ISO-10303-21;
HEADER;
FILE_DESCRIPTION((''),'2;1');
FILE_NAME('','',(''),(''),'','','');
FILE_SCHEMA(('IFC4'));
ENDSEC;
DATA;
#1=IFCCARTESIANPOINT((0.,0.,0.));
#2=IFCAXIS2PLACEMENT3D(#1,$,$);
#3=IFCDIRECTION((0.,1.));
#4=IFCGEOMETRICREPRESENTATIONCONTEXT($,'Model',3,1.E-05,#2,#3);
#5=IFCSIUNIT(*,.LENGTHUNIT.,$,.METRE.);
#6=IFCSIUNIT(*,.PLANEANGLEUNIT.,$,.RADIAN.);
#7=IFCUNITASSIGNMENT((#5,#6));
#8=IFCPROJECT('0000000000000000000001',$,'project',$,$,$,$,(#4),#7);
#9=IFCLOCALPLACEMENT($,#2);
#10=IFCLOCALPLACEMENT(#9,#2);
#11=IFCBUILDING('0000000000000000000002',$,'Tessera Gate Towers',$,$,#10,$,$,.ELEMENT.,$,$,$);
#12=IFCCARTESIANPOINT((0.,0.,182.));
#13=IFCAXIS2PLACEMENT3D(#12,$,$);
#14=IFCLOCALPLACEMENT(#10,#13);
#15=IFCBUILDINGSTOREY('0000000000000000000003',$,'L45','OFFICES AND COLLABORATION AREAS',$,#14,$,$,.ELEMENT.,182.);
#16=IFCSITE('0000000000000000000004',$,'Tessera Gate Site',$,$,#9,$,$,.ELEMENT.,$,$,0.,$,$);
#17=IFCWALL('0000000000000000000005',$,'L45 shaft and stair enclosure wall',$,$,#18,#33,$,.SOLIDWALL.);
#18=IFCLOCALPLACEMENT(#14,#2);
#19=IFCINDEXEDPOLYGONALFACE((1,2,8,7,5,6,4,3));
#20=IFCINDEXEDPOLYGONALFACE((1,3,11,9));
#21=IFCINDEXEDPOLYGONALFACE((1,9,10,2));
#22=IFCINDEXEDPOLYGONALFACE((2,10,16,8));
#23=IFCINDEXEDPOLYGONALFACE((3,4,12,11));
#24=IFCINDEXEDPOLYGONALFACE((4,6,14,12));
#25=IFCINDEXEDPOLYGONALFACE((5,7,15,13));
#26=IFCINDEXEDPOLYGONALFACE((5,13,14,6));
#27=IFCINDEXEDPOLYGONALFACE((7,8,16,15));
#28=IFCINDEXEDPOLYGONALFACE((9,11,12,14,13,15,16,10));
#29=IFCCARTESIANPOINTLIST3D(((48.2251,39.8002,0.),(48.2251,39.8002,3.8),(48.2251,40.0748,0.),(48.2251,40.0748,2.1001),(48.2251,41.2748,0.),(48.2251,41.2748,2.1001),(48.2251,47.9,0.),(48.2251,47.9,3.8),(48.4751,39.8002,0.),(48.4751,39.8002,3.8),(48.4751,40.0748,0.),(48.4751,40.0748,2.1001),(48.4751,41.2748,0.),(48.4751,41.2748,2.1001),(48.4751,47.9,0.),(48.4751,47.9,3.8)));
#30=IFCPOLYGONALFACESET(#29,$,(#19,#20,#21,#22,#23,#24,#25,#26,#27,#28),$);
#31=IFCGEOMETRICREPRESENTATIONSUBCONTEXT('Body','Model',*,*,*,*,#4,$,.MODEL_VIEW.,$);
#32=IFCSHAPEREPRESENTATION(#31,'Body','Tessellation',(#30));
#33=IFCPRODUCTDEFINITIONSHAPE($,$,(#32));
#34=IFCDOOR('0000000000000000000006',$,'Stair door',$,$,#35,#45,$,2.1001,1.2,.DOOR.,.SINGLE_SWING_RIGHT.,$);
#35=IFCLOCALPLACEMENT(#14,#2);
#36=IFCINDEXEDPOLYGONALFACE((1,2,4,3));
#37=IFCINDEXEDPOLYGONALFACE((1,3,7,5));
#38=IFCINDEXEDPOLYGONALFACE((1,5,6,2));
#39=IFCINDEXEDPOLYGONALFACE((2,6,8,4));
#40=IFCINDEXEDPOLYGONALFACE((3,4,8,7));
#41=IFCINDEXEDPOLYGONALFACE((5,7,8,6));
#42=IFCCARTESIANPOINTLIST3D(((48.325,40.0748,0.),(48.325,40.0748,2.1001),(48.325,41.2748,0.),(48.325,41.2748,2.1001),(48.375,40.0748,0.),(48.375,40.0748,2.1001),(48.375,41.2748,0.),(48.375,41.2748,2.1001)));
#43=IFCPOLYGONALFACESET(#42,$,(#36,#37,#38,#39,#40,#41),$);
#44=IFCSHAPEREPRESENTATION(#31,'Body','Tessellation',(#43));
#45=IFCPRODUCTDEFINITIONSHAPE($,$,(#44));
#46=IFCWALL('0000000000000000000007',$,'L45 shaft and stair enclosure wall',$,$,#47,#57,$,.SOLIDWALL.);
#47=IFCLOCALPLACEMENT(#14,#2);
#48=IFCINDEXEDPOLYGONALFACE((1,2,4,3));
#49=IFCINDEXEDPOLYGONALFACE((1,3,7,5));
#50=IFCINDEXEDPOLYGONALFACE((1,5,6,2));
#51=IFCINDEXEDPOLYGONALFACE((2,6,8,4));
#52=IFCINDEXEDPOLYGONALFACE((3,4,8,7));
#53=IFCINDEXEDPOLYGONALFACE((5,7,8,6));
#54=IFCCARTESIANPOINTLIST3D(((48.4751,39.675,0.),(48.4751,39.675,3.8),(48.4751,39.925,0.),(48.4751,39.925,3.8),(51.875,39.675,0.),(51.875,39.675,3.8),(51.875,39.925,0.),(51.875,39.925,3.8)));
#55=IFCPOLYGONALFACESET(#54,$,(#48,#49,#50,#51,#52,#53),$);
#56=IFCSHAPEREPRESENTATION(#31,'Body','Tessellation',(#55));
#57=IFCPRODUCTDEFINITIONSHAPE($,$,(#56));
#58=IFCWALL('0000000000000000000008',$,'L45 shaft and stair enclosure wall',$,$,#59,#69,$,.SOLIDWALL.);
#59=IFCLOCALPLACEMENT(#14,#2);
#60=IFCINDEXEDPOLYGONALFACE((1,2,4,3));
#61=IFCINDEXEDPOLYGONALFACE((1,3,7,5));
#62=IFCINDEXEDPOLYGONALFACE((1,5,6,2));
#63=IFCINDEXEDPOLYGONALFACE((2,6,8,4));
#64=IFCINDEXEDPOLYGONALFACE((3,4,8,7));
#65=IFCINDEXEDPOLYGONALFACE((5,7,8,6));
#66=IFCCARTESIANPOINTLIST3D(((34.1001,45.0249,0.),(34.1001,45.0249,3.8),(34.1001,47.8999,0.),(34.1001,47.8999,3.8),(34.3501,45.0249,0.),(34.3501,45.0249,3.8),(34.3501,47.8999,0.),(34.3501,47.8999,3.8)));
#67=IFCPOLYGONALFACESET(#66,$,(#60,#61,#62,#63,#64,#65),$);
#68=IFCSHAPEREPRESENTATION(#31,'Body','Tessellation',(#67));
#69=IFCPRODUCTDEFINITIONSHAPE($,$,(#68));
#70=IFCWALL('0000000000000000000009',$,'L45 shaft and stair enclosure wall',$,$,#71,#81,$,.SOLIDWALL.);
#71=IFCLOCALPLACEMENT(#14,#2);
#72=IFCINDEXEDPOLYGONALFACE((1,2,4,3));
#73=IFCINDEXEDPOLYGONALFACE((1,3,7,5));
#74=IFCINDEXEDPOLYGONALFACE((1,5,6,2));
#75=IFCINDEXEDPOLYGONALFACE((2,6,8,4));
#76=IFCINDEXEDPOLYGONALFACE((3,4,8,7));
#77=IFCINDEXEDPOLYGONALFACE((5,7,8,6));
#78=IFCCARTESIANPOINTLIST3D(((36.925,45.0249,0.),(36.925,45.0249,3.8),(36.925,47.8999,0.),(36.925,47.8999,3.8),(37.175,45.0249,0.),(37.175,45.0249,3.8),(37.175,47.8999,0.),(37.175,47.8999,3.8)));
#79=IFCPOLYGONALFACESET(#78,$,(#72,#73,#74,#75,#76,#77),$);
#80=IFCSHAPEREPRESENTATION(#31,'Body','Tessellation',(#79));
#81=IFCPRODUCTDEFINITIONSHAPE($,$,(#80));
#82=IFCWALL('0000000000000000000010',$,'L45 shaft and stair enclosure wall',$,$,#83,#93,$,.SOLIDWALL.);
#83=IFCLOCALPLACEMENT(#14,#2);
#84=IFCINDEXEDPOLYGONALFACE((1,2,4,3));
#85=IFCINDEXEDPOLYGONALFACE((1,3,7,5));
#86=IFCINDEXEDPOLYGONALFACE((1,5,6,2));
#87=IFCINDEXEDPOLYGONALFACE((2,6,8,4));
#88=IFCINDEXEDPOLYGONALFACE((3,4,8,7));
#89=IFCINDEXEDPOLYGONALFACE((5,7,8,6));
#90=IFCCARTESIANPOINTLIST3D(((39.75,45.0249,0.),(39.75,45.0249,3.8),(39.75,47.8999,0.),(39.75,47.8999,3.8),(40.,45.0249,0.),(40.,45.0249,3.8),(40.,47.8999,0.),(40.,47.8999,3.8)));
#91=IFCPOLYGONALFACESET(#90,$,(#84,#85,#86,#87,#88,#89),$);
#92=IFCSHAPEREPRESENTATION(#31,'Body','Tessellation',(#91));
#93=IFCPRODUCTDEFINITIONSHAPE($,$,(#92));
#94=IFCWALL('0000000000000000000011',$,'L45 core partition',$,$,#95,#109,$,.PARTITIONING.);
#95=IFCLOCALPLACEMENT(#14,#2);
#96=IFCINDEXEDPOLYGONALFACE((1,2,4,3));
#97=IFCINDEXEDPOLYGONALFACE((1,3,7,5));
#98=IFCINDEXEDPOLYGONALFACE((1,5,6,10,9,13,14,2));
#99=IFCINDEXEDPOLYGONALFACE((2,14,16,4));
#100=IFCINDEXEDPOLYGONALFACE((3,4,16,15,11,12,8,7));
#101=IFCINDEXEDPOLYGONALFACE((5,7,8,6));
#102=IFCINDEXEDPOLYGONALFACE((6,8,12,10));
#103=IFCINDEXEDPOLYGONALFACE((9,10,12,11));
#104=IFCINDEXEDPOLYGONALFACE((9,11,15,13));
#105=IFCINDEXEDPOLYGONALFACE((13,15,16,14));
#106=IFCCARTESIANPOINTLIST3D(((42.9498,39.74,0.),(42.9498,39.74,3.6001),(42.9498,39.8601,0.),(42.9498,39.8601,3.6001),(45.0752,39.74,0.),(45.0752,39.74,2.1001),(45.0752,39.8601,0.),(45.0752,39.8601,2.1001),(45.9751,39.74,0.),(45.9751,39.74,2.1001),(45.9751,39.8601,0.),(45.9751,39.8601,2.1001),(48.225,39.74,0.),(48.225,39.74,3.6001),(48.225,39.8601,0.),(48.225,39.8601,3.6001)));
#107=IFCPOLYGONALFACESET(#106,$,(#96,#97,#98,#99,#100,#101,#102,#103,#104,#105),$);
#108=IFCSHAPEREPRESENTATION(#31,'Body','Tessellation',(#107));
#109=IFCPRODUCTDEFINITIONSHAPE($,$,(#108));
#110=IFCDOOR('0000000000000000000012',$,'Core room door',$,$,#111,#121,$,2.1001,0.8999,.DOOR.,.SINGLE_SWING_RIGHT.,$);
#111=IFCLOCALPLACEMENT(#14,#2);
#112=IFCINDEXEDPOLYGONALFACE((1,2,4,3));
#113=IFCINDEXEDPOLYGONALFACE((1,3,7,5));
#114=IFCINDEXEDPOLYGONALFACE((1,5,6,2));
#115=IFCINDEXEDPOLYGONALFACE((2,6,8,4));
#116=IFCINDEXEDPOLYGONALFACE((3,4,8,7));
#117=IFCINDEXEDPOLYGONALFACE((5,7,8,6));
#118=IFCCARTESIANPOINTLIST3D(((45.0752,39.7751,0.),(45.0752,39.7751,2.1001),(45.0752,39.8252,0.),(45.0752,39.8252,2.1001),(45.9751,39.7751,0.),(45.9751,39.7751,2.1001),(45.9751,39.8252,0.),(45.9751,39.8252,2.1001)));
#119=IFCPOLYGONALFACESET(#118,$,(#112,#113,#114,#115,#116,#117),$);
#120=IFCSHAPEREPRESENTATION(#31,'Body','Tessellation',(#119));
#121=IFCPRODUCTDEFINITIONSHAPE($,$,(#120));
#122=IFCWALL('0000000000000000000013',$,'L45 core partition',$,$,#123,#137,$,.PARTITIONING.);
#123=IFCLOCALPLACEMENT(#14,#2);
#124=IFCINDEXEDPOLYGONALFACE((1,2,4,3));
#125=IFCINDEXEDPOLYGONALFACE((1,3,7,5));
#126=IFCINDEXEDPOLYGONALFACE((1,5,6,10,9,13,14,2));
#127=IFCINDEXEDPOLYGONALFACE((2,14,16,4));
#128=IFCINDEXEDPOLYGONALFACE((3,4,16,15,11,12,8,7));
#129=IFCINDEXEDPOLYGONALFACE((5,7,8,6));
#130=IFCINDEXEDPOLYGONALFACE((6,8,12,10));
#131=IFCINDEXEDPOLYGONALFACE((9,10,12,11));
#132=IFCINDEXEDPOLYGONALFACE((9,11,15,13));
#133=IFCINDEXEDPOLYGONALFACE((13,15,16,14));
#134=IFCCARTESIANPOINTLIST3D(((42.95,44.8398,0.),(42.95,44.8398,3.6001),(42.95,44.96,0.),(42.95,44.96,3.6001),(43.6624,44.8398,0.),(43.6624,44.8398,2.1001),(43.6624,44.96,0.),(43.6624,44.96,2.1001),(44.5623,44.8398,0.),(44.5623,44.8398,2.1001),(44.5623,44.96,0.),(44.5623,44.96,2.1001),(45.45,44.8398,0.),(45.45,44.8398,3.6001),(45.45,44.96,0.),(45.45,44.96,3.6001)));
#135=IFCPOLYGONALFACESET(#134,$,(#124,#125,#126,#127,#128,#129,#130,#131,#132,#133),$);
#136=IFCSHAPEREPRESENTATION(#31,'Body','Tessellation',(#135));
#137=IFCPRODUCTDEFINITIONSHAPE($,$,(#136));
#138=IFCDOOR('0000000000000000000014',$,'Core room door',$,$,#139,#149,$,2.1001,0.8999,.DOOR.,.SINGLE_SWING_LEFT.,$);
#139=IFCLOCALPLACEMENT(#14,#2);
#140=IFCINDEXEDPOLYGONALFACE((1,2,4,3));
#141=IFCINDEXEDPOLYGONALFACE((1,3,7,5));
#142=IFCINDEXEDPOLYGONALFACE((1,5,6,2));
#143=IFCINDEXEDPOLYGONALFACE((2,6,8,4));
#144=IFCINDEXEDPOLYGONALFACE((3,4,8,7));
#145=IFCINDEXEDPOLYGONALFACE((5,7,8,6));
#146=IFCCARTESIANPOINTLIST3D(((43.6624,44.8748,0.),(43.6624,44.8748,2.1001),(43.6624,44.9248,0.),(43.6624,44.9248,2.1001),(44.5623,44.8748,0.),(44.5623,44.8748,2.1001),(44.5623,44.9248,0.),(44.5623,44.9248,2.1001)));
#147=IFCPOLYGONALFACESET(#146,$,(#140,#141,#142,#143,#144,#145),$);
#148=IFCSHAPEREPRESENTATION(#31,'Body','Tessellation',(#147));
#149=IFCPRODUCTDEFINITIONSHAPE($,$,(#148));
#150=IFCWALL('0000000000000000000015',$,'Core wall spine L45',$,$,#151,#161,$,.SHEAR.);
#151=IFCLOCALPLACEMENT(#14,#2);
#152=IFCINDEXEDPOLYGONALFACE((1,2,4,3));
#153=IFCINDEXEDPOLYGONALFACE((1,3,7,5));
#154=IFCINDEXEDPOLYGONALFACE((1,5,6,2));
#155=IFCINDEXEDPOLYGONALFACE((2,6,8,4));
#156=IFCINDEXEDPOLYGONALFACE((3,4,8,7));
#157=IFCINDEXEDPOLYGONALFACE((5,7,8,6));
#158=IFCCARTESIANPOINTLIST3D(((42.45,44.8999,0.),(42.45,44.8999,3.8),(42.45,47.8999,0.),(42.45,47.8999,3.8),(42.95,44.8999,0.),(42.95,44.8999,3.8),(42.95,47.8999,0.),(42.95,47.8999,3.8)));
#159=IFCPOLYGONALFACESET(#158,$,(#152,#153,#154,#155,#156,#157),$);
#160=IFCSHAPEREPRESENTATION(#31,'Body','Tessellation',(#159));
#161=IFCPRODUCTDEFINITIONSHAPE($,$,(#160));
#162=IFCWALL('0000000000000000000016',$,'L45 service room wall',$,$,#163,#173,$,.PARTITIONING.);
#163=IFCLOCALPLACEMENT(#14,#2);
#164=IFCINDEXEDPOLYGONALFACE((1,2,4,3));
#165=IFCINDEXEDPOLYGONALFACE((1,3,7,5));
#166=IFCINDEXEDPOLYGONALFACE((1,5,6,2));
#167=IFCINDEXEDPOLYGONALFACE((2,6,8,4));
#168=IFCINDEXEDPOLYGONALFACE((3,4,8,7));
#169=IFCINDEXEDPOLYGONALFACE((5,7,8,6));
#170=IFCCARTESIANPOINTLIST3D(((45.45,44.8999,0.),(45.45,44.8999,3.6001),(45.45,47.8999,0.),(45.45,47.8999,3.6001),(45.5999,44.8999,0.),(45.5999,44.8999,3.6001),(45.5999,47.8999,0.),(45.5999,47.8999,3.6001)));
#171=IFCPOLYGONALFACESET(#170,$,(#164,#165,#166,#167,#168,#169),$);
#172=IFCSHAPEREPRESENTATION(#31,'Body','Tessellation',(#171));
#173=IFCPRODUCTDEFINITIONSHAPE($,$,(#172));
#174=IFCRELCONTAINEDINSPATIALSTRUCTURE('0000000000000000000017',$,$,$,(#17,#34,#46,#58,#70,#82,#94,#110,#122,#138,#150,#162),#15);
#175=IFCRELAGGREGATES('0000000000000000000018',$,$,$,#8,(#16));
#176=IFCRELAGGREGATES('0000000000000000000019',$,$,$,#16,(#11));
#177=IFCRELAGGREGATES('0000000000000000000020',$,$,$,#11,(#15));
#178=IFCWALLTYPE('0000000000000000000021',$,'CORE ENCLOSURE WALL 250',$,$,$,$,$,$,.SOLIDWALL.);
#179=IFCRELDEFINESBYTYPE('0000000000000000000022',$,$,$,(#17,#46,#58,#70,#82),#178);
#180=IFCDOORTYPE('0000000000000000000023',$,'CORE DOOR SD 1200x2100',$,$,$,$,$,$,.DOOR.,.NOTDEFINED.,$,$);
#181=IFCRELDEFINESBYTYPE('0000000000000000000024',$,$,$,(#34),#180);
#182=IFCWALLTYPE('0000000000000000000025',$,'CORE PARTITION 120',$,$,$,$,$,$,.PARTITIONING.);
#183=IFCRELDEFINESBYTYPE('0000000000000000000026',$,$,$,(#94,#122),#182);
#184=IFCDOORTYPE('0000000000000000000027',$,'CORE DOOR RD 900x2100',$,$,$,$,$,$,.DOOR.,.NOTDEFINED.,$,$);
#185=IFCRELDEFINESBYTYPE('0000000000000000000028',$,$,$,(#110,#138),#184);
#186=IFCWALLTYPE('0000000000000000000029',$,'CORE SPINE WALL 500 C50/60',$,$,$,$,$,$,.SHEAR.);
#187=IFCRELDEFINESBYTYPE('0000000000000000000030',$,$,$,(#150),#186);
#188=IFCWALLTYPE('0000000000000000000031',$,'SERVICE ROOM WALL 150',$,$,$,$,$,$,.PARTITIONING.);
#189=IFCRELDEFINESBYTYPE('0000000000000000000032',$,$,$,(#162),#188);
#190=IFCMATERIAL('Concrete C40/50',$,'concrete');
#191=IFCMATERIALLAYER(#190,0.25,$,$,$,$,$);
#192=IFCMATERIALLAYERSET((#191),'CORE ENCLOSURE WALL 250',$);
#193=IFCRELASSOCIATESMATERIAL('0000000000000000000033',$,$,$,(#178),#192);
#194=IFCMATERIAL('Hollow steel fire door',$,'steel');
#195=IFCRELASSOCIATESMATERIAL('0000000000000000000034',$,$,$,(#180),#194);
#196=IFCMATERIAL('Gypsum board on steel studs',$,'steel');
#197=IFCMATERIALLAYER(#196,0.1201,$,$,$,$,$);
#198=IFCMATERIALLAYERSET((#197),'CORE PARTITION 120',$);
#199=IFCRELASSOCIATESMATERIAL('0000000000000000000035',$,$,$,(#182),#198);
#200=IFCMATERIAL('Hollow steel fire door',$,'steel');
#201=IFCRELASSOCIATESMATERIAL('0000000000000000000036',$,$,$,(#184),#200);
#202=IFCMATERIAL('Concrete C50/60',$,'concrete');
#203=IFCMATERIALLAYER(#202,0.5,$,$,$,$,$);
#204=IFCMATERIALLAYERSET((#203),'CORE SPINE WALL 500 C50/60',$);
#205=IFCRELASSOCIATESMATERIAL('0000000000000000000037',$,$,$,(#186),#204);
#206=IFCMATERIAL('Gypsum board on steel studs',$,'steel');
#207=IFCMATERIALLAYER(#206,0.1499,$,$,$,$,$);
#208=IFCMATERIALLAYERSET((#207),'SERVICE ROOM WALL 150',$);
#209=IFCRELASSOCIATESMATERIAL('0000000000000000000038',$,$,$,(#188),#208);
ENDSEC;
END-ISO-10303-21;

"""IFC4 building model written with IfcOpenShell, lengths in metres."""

from ifc_helpers import new_model, si_unit, direction, frame, frame_2d, origin, place, context, subcontext, project, spatial, rectangle, extrude, source, transform, mapped, material, layer, layer_set, type_object, element, fill, save


model = new_model("IFC4")

# Units and contexts
model_context = context("Model", 3, precision=1e-05, world=origin(), true_north=direction((0.0, 1.0)))
body_context = subcontext(model_context, "Body", "Model", "MODEL_VIEW")
ifc_project = project(units=[si_unit("LENGTHUNIT", "METRE"), si_unit("PLANEANGLEUNIT", "RADIAN")], contexts=[model_context])

# Site, building, storey
site_placement = place(None, origin())
site = spatial("IfcSite", under=ifc_project, at=site_placement, Name="Tessera Gate Site", CompositionType="ELEMENT", RefElevation=0.0)
building_placement = place(site_placement, origin())
building = spatial("IfcBuilding", under=site, at=building_placement, Name="Tessera Gate Towers", CompositionType="ELEMENT")
storey_placement = place(building_placement, frame((0.0, 0.0, 182.0)))
storey = spatial("IfcBuildingStorey", under=building, at=storey_placement, Name="L45", Description="OFFICES AND COLLABORATION AREAS", CompositionType="ELEMENT", Elevation=182.0)

# Shared definitions
ifc_material_1 = material(Name="Concrete C40/50", Category="concrete")
ifc_layer_1 = layer(ifc_material_1, 0.25)
ifc_layer_set_1 = layer_set([ifc_layer_1], Name="CORE ENCLOSURE WALL 250")
wall_type_1 = type_object("IfcWallType", Name="CORE ENCLOSURE WALL 250", PredefinedType="SOLIDWALL", material=ifc_layer_set_1)

# Wall, opening, door
wall_1_placement = place(storey_placement, frame((48.3501, 47.8999, 0.0), z_axis=(0.0, 0.0, 1.0), x_axis=(0.0, -1.0, 0.0)))
wall_1 = element("IfcWall", 1, at=wall_1_placement, inside=storey, type_object=wall_type_1, Name="L45 shaft and stair enclosure wall", PredefinedType="SOLIDWALL", context=body_context, shape_type="SweptSolid", body=[
    extrude(rectangle(XDim=8.0999, YDim=0.25, at=frame_2d((4.0498, 0.0))), origin(), (0.0, 0.0, 1.0), 3.8),
])
shared_shape_1 = source(origin(), body_context, "Body", "SweptSolid", [
    extrude(rectangle(XDim=1.2, YDim=2.1001, at=frame_2d((0.6001, 1.05))), frame((0.0, 0.135, 0.0), z_axis=(0.0, -1.0, 0.0), x_axis=(1.0, 0.0, 0.0)), (0.0, 0.0, 1.0), 0.27),
])
opening_1_placement = place(wall_1_placement, frame((6.625, 0.0, 0.0)))
opening_1 = element("IfcOpeningElement", 2, at=opening_1_placement, cuts=wall_1, PredefinedType="OPENING", context=body_context, shape_type="MappedRepresentation", body=[
    mapped(shared_shape_1, transform((0.0, 0.0, 0.0), scale=1.0)),
])
ifc_material_2 = material(Name="Hollow steel fire door", Category="steel")
door_type_1 = type_object("IfcDoorType", Name="CORE DOOR SD 1200x2100", OperationType="NOTDEFINED", PredefinedType="DOOR", material=ifc_material_2)
shared_shape_2 = source(origin(), body_context, "Body", "SweptSolid", [
    extrude(rectangle(XDim=1.2, YDim=2.1001, at=frame_2d((0.6001, 1.05))), frame((0.0, 0.0249, 0.0), z_axis=(0.0, -1.0, 0.0), x_axis=(1.0, 0.0, 0.0)), (0.0, 0.0, 1.0), 0.05),
])
door_1_placement = place(opening_1_placement, origin())
door_1 = element("IfcDoor", 3, at=door_1_placement, inside=storey, type_object=door_type_1, Name="Stair door", OperationType="SINGLE_SWING_RIGHT", OverallHeight=2.1001, OverallWidth=1.2, PredefinedType="DOOR", context=body_context, shape_type="MappedRepresentation", body=[
    mapped(shared_shape_2, transform((0.0, 0.0, 0.0), scale=1.0)),
])
fill(opening_1, door_1)

# Walls
wall_2_placement = place(storey_placement, frame((48.4751, 39.8, 0.0), z_axis=(0.0, 0.0, 1.0), x_axis=(1.0, 0.0, 0.0)))
element("IfcWall", 4, at=wall_2_placement, inside=storey, type_object=wall_type_1, Name="L45 shaft and stair enclosure wall", PredefinedType="SOLIDWALL", context=body_context, shape_type="SweptSolid", body=[
    extrude(rectangle(XDim=3.3999, YDim=0.25, at=frame_2d((1.7, 0.0))), origin(), (0.0, 0.0, 1.0), 3.8),
])
for number, where, z_axis, x_axis, name in (
    (5, (34.2251, 45.0249, 0.0), (0.0, 0.0, 1.0), (0.0, 1.0, 0.0), "L45 shaft and stair enclosure wall"),
    (6, (37.05, 45.0249, 0.0), (0.0, 0.0, 1.0), (0.0, 1.0, 0.0), "L45 shaft and stair enclosure wall"),
    (7, (39.875, 45.0249, 0.0), (0.0, 0.0, 1.0), (0.0, 1.0, 0.0), "L45 shaft and stair enclosure wall"),
):
    element("IfcWall", number, at=place(storey_placement, frame(where, z_axis=z_axis, x_axis=x_axis)), inside=storey, type_object=wall_type_1, Name=name, PredefinedType="SOLIDWALL", context=body_context, shape_type="SweptSolid", body=[
        extrude(rectangle(XDim=2.875, YDim=0.25, at=frame_2d((1.4375, 0.0))), origin(), (0.0, 0.0, 1.0), 3.8),
    ])

# Walls, openings, doors
ifc_material_3 = material(Name="Gypsum board on steel studs", Category="steel")
ifc_layer_2 = layer(ifc_material_3, 0.1201)
ifc_layer_set_2 = layer_set([ifc_layer_2], Name="CORE PARTITION 120")
wall_type_2 = type_object("IfcWallType", Name="CORE PARTITION 120", PredefinedType="PARTITIONING", material=ifc_layer_set_2)
wall_3_placement = place(storey_placement, frame((48.2251, 39.8, 0.0), z_axis=(0.0, 0.0, 1.0), x_axis=(-1.0, 0.0, 0.0)))
wall_3 = element("IfcWall", 8, at=wall_3_placement, inside=storey, type_object=wall_type_2, Name="L45 core partition", PredefinedType="PARTITIONING", context=body_context, shape_type="SweptSolid", body=[
    extrude(rectangle(XDim=5.2751, YDim=0.1201, at=frame_2d((2.6377, 0.0))), origin(), (0.0, 0.0, 1.0), 3.6001),
])
shared_shape_3 = source(origin(), body_context, "Body", "SweptSolid", [
    extrude(rectangle(XDim=0.8999, YDim=2.1001, at=frame_2d((0.45, 1.05))), frame((0.0, 0.0701, 0.0), z_axis=(0.0, -1.0, 0.0), x_axis=(1.0, 0.0, 0.0)), (0.0, 0.0, 1.0), 0.1401),
])
opening_2_placement = place(wall_3_placement, frame((2.25, 0.0, 0.0)))
opening_2 = element("IfcOpeningElement", 9, at=opening_2_placement, cuts=wall_3, PredefinedType="OPENING", context=body_context, shape_type="MappedRepresentation", body=[
    mapped(shared_shape_3, transform((0.0, 0.0, 0.0), scale=1.0)),
])
ifc_material_4 = material(Name="Hollow steel fire door", Category="steel")
door_type_2 = type_object("IfcDoorType", Name="CORE DOOR RD 900x2100", OperationType="NOTDEFINED", PredefinedType="DOOR", material=ifc_material_4)
shared_shape_4 = source(origin(), body_context, "Body", "SweptSolid", [
    extrude(rectangle(XDim=0.8999, YDim=2.1001, at=frame_2d((0.45, 1.05))), frame((0.0, 0.0249, 0.0), z_axis=(0.0, -1.0, 0.0), x_axis=(1.0, 0.0, 0.0)), (0.0, 0.0, 1.0), 0.05),
])
door_2_placement = place(opening_2_placement, origin())
door_2 = element("IfcDoor", 10, at=door_2_placement, inside=storey, type_object=door_type_2, Name="Core room door", OperationType="SINGLE_SWING_RIGHT", OverallHeight=2.1001, OverallWidth=0.8999, PredefinedType="DOOR", context=body_context, shape_type="MappedRepresentation", body=[
    mapped(shared_shape_4, transform((0.0, 0.0, 0.0), scale=1.0)),
])
fill(opening_2, door_2)
wall_4_placement = place(storey_placement, frame((42.95, 44.8999, 0.0), z_axis=(0.0, 0.0, 1.0), x_axis=(1.0, 0.0, 0.0)))
wall_4 = element("IfcWall", 11, at=wall_4_placement, inside=storey, type_object=wall_type_2, Name="L45 core partition", PredefinedType="PARTITIONING", context=body_context, shape_type="SweptSolid", body=[
    extrude(rectangle(XDim=2.5, YDim=0.1201, at=frame_2d((1.25, 0.0))), origin(), (0.0, 0.0, 1.0), 3.6001),
])
opening_3_placement = place(wall_4_placement, frame((0.7124, 0.0, 0.0)))
opening_3 = element("IfcOpeningElement", 12, at=opening_3_placement, cuts=wall_4, PredefinedType="OPENING", context=body_context, shape_type="MappedRepresentation", body=[
    mapped(shared_shape_3, transform((0.0, 0.0, 0.0), scale=1.0)),
])
door_3_placement = place(opening_3_placement, origin())
door_3 = element("IfcDoor", 13, at=door_3_placement, inside=storey, type_object=door_type_2, Name="Core room door", OperationType="SINGLE_SWING_LEFT", OverallHeight=2.1001, OverallWidth=0.8999, PredefinedType="DOOR", context=body_context, shape_type="MappedRepresentation", body=[
    mapped(shared_shape_4, transform((0.0, 0.0, 0.0), scale=1.0)),
])
fill(opening_3, door_3)

# Walls
ifc_material_5 = material(Name="Concrete C50/60", Category="concrete")
ifc_layer_3 = layer(ifc_material_5, 0.5)
ifc_layer_set_3 = layer_set([ifc_layer_3], Name="CORE SPINE WALL 500 C50/60")
wall_type_3 = type_object("IfcWallType", Name="CORE SPINE WALL 500 C50/60", PredefinedType="SHEAR", material=ifc_layer_set_3)
wall_5_placement = place(storey_placement, frame((42.7, 44.8999, 0.0), z_axis=(0.0, 0.0, 1.0), x_axis=(0.0, 1.0, 0.0)))
element("IfcWall", 14, at=wall_5_placement, inside=storey, type_object=wall_type_3, Name="Core wall spine L45", PredefinedType="SHEAR", context=body_context, shape_type="SweptSolid", body=[
    extrude(rectangle(XDim=3.0, YDim=0.5, at=frame_2d((1.5, 0.0))), origin(), (0.0, 0.0, 1.0), 3.8),
])
ifc_material_6 = material(Name="Gypsum board on steel studs", Category="steel")
ifc_layer_4 = layer(ifc_material_6, 0.1499)
ifc_layer_set_4 = layer_set([ifc_layer_4], Name="SERVICE ROOM WALL 150")
wall_type_4 = type_object("IfcWallType", Name="SERVICE ROOM WALL 150", PredefinedType="PARTITIONING", material=ifc_layer_set_4)
wall_6_placement = place(storey_placement, frame((45.5249, 44.8999, 0.0), z_axis=(0.0, 0.0, 1.0), x_axis=(0.0, 1.0, 0.0)))
element("IfcWall", 15, at=wall_6_placement, inside=storey, type_object=wall_type_4, Name="L45 service room wall", PredefinedType="PARTITIONING", context=body_context, shape_type="SweptSolid", body=[
    extrude(rectangle(XDim=3.0, YDim=0.1499, at=frame_2d((1.5, 0.0))), origin(), (0.0, 0.0, 1.0), 3.6001),
])

save(model, "model.ifc")
